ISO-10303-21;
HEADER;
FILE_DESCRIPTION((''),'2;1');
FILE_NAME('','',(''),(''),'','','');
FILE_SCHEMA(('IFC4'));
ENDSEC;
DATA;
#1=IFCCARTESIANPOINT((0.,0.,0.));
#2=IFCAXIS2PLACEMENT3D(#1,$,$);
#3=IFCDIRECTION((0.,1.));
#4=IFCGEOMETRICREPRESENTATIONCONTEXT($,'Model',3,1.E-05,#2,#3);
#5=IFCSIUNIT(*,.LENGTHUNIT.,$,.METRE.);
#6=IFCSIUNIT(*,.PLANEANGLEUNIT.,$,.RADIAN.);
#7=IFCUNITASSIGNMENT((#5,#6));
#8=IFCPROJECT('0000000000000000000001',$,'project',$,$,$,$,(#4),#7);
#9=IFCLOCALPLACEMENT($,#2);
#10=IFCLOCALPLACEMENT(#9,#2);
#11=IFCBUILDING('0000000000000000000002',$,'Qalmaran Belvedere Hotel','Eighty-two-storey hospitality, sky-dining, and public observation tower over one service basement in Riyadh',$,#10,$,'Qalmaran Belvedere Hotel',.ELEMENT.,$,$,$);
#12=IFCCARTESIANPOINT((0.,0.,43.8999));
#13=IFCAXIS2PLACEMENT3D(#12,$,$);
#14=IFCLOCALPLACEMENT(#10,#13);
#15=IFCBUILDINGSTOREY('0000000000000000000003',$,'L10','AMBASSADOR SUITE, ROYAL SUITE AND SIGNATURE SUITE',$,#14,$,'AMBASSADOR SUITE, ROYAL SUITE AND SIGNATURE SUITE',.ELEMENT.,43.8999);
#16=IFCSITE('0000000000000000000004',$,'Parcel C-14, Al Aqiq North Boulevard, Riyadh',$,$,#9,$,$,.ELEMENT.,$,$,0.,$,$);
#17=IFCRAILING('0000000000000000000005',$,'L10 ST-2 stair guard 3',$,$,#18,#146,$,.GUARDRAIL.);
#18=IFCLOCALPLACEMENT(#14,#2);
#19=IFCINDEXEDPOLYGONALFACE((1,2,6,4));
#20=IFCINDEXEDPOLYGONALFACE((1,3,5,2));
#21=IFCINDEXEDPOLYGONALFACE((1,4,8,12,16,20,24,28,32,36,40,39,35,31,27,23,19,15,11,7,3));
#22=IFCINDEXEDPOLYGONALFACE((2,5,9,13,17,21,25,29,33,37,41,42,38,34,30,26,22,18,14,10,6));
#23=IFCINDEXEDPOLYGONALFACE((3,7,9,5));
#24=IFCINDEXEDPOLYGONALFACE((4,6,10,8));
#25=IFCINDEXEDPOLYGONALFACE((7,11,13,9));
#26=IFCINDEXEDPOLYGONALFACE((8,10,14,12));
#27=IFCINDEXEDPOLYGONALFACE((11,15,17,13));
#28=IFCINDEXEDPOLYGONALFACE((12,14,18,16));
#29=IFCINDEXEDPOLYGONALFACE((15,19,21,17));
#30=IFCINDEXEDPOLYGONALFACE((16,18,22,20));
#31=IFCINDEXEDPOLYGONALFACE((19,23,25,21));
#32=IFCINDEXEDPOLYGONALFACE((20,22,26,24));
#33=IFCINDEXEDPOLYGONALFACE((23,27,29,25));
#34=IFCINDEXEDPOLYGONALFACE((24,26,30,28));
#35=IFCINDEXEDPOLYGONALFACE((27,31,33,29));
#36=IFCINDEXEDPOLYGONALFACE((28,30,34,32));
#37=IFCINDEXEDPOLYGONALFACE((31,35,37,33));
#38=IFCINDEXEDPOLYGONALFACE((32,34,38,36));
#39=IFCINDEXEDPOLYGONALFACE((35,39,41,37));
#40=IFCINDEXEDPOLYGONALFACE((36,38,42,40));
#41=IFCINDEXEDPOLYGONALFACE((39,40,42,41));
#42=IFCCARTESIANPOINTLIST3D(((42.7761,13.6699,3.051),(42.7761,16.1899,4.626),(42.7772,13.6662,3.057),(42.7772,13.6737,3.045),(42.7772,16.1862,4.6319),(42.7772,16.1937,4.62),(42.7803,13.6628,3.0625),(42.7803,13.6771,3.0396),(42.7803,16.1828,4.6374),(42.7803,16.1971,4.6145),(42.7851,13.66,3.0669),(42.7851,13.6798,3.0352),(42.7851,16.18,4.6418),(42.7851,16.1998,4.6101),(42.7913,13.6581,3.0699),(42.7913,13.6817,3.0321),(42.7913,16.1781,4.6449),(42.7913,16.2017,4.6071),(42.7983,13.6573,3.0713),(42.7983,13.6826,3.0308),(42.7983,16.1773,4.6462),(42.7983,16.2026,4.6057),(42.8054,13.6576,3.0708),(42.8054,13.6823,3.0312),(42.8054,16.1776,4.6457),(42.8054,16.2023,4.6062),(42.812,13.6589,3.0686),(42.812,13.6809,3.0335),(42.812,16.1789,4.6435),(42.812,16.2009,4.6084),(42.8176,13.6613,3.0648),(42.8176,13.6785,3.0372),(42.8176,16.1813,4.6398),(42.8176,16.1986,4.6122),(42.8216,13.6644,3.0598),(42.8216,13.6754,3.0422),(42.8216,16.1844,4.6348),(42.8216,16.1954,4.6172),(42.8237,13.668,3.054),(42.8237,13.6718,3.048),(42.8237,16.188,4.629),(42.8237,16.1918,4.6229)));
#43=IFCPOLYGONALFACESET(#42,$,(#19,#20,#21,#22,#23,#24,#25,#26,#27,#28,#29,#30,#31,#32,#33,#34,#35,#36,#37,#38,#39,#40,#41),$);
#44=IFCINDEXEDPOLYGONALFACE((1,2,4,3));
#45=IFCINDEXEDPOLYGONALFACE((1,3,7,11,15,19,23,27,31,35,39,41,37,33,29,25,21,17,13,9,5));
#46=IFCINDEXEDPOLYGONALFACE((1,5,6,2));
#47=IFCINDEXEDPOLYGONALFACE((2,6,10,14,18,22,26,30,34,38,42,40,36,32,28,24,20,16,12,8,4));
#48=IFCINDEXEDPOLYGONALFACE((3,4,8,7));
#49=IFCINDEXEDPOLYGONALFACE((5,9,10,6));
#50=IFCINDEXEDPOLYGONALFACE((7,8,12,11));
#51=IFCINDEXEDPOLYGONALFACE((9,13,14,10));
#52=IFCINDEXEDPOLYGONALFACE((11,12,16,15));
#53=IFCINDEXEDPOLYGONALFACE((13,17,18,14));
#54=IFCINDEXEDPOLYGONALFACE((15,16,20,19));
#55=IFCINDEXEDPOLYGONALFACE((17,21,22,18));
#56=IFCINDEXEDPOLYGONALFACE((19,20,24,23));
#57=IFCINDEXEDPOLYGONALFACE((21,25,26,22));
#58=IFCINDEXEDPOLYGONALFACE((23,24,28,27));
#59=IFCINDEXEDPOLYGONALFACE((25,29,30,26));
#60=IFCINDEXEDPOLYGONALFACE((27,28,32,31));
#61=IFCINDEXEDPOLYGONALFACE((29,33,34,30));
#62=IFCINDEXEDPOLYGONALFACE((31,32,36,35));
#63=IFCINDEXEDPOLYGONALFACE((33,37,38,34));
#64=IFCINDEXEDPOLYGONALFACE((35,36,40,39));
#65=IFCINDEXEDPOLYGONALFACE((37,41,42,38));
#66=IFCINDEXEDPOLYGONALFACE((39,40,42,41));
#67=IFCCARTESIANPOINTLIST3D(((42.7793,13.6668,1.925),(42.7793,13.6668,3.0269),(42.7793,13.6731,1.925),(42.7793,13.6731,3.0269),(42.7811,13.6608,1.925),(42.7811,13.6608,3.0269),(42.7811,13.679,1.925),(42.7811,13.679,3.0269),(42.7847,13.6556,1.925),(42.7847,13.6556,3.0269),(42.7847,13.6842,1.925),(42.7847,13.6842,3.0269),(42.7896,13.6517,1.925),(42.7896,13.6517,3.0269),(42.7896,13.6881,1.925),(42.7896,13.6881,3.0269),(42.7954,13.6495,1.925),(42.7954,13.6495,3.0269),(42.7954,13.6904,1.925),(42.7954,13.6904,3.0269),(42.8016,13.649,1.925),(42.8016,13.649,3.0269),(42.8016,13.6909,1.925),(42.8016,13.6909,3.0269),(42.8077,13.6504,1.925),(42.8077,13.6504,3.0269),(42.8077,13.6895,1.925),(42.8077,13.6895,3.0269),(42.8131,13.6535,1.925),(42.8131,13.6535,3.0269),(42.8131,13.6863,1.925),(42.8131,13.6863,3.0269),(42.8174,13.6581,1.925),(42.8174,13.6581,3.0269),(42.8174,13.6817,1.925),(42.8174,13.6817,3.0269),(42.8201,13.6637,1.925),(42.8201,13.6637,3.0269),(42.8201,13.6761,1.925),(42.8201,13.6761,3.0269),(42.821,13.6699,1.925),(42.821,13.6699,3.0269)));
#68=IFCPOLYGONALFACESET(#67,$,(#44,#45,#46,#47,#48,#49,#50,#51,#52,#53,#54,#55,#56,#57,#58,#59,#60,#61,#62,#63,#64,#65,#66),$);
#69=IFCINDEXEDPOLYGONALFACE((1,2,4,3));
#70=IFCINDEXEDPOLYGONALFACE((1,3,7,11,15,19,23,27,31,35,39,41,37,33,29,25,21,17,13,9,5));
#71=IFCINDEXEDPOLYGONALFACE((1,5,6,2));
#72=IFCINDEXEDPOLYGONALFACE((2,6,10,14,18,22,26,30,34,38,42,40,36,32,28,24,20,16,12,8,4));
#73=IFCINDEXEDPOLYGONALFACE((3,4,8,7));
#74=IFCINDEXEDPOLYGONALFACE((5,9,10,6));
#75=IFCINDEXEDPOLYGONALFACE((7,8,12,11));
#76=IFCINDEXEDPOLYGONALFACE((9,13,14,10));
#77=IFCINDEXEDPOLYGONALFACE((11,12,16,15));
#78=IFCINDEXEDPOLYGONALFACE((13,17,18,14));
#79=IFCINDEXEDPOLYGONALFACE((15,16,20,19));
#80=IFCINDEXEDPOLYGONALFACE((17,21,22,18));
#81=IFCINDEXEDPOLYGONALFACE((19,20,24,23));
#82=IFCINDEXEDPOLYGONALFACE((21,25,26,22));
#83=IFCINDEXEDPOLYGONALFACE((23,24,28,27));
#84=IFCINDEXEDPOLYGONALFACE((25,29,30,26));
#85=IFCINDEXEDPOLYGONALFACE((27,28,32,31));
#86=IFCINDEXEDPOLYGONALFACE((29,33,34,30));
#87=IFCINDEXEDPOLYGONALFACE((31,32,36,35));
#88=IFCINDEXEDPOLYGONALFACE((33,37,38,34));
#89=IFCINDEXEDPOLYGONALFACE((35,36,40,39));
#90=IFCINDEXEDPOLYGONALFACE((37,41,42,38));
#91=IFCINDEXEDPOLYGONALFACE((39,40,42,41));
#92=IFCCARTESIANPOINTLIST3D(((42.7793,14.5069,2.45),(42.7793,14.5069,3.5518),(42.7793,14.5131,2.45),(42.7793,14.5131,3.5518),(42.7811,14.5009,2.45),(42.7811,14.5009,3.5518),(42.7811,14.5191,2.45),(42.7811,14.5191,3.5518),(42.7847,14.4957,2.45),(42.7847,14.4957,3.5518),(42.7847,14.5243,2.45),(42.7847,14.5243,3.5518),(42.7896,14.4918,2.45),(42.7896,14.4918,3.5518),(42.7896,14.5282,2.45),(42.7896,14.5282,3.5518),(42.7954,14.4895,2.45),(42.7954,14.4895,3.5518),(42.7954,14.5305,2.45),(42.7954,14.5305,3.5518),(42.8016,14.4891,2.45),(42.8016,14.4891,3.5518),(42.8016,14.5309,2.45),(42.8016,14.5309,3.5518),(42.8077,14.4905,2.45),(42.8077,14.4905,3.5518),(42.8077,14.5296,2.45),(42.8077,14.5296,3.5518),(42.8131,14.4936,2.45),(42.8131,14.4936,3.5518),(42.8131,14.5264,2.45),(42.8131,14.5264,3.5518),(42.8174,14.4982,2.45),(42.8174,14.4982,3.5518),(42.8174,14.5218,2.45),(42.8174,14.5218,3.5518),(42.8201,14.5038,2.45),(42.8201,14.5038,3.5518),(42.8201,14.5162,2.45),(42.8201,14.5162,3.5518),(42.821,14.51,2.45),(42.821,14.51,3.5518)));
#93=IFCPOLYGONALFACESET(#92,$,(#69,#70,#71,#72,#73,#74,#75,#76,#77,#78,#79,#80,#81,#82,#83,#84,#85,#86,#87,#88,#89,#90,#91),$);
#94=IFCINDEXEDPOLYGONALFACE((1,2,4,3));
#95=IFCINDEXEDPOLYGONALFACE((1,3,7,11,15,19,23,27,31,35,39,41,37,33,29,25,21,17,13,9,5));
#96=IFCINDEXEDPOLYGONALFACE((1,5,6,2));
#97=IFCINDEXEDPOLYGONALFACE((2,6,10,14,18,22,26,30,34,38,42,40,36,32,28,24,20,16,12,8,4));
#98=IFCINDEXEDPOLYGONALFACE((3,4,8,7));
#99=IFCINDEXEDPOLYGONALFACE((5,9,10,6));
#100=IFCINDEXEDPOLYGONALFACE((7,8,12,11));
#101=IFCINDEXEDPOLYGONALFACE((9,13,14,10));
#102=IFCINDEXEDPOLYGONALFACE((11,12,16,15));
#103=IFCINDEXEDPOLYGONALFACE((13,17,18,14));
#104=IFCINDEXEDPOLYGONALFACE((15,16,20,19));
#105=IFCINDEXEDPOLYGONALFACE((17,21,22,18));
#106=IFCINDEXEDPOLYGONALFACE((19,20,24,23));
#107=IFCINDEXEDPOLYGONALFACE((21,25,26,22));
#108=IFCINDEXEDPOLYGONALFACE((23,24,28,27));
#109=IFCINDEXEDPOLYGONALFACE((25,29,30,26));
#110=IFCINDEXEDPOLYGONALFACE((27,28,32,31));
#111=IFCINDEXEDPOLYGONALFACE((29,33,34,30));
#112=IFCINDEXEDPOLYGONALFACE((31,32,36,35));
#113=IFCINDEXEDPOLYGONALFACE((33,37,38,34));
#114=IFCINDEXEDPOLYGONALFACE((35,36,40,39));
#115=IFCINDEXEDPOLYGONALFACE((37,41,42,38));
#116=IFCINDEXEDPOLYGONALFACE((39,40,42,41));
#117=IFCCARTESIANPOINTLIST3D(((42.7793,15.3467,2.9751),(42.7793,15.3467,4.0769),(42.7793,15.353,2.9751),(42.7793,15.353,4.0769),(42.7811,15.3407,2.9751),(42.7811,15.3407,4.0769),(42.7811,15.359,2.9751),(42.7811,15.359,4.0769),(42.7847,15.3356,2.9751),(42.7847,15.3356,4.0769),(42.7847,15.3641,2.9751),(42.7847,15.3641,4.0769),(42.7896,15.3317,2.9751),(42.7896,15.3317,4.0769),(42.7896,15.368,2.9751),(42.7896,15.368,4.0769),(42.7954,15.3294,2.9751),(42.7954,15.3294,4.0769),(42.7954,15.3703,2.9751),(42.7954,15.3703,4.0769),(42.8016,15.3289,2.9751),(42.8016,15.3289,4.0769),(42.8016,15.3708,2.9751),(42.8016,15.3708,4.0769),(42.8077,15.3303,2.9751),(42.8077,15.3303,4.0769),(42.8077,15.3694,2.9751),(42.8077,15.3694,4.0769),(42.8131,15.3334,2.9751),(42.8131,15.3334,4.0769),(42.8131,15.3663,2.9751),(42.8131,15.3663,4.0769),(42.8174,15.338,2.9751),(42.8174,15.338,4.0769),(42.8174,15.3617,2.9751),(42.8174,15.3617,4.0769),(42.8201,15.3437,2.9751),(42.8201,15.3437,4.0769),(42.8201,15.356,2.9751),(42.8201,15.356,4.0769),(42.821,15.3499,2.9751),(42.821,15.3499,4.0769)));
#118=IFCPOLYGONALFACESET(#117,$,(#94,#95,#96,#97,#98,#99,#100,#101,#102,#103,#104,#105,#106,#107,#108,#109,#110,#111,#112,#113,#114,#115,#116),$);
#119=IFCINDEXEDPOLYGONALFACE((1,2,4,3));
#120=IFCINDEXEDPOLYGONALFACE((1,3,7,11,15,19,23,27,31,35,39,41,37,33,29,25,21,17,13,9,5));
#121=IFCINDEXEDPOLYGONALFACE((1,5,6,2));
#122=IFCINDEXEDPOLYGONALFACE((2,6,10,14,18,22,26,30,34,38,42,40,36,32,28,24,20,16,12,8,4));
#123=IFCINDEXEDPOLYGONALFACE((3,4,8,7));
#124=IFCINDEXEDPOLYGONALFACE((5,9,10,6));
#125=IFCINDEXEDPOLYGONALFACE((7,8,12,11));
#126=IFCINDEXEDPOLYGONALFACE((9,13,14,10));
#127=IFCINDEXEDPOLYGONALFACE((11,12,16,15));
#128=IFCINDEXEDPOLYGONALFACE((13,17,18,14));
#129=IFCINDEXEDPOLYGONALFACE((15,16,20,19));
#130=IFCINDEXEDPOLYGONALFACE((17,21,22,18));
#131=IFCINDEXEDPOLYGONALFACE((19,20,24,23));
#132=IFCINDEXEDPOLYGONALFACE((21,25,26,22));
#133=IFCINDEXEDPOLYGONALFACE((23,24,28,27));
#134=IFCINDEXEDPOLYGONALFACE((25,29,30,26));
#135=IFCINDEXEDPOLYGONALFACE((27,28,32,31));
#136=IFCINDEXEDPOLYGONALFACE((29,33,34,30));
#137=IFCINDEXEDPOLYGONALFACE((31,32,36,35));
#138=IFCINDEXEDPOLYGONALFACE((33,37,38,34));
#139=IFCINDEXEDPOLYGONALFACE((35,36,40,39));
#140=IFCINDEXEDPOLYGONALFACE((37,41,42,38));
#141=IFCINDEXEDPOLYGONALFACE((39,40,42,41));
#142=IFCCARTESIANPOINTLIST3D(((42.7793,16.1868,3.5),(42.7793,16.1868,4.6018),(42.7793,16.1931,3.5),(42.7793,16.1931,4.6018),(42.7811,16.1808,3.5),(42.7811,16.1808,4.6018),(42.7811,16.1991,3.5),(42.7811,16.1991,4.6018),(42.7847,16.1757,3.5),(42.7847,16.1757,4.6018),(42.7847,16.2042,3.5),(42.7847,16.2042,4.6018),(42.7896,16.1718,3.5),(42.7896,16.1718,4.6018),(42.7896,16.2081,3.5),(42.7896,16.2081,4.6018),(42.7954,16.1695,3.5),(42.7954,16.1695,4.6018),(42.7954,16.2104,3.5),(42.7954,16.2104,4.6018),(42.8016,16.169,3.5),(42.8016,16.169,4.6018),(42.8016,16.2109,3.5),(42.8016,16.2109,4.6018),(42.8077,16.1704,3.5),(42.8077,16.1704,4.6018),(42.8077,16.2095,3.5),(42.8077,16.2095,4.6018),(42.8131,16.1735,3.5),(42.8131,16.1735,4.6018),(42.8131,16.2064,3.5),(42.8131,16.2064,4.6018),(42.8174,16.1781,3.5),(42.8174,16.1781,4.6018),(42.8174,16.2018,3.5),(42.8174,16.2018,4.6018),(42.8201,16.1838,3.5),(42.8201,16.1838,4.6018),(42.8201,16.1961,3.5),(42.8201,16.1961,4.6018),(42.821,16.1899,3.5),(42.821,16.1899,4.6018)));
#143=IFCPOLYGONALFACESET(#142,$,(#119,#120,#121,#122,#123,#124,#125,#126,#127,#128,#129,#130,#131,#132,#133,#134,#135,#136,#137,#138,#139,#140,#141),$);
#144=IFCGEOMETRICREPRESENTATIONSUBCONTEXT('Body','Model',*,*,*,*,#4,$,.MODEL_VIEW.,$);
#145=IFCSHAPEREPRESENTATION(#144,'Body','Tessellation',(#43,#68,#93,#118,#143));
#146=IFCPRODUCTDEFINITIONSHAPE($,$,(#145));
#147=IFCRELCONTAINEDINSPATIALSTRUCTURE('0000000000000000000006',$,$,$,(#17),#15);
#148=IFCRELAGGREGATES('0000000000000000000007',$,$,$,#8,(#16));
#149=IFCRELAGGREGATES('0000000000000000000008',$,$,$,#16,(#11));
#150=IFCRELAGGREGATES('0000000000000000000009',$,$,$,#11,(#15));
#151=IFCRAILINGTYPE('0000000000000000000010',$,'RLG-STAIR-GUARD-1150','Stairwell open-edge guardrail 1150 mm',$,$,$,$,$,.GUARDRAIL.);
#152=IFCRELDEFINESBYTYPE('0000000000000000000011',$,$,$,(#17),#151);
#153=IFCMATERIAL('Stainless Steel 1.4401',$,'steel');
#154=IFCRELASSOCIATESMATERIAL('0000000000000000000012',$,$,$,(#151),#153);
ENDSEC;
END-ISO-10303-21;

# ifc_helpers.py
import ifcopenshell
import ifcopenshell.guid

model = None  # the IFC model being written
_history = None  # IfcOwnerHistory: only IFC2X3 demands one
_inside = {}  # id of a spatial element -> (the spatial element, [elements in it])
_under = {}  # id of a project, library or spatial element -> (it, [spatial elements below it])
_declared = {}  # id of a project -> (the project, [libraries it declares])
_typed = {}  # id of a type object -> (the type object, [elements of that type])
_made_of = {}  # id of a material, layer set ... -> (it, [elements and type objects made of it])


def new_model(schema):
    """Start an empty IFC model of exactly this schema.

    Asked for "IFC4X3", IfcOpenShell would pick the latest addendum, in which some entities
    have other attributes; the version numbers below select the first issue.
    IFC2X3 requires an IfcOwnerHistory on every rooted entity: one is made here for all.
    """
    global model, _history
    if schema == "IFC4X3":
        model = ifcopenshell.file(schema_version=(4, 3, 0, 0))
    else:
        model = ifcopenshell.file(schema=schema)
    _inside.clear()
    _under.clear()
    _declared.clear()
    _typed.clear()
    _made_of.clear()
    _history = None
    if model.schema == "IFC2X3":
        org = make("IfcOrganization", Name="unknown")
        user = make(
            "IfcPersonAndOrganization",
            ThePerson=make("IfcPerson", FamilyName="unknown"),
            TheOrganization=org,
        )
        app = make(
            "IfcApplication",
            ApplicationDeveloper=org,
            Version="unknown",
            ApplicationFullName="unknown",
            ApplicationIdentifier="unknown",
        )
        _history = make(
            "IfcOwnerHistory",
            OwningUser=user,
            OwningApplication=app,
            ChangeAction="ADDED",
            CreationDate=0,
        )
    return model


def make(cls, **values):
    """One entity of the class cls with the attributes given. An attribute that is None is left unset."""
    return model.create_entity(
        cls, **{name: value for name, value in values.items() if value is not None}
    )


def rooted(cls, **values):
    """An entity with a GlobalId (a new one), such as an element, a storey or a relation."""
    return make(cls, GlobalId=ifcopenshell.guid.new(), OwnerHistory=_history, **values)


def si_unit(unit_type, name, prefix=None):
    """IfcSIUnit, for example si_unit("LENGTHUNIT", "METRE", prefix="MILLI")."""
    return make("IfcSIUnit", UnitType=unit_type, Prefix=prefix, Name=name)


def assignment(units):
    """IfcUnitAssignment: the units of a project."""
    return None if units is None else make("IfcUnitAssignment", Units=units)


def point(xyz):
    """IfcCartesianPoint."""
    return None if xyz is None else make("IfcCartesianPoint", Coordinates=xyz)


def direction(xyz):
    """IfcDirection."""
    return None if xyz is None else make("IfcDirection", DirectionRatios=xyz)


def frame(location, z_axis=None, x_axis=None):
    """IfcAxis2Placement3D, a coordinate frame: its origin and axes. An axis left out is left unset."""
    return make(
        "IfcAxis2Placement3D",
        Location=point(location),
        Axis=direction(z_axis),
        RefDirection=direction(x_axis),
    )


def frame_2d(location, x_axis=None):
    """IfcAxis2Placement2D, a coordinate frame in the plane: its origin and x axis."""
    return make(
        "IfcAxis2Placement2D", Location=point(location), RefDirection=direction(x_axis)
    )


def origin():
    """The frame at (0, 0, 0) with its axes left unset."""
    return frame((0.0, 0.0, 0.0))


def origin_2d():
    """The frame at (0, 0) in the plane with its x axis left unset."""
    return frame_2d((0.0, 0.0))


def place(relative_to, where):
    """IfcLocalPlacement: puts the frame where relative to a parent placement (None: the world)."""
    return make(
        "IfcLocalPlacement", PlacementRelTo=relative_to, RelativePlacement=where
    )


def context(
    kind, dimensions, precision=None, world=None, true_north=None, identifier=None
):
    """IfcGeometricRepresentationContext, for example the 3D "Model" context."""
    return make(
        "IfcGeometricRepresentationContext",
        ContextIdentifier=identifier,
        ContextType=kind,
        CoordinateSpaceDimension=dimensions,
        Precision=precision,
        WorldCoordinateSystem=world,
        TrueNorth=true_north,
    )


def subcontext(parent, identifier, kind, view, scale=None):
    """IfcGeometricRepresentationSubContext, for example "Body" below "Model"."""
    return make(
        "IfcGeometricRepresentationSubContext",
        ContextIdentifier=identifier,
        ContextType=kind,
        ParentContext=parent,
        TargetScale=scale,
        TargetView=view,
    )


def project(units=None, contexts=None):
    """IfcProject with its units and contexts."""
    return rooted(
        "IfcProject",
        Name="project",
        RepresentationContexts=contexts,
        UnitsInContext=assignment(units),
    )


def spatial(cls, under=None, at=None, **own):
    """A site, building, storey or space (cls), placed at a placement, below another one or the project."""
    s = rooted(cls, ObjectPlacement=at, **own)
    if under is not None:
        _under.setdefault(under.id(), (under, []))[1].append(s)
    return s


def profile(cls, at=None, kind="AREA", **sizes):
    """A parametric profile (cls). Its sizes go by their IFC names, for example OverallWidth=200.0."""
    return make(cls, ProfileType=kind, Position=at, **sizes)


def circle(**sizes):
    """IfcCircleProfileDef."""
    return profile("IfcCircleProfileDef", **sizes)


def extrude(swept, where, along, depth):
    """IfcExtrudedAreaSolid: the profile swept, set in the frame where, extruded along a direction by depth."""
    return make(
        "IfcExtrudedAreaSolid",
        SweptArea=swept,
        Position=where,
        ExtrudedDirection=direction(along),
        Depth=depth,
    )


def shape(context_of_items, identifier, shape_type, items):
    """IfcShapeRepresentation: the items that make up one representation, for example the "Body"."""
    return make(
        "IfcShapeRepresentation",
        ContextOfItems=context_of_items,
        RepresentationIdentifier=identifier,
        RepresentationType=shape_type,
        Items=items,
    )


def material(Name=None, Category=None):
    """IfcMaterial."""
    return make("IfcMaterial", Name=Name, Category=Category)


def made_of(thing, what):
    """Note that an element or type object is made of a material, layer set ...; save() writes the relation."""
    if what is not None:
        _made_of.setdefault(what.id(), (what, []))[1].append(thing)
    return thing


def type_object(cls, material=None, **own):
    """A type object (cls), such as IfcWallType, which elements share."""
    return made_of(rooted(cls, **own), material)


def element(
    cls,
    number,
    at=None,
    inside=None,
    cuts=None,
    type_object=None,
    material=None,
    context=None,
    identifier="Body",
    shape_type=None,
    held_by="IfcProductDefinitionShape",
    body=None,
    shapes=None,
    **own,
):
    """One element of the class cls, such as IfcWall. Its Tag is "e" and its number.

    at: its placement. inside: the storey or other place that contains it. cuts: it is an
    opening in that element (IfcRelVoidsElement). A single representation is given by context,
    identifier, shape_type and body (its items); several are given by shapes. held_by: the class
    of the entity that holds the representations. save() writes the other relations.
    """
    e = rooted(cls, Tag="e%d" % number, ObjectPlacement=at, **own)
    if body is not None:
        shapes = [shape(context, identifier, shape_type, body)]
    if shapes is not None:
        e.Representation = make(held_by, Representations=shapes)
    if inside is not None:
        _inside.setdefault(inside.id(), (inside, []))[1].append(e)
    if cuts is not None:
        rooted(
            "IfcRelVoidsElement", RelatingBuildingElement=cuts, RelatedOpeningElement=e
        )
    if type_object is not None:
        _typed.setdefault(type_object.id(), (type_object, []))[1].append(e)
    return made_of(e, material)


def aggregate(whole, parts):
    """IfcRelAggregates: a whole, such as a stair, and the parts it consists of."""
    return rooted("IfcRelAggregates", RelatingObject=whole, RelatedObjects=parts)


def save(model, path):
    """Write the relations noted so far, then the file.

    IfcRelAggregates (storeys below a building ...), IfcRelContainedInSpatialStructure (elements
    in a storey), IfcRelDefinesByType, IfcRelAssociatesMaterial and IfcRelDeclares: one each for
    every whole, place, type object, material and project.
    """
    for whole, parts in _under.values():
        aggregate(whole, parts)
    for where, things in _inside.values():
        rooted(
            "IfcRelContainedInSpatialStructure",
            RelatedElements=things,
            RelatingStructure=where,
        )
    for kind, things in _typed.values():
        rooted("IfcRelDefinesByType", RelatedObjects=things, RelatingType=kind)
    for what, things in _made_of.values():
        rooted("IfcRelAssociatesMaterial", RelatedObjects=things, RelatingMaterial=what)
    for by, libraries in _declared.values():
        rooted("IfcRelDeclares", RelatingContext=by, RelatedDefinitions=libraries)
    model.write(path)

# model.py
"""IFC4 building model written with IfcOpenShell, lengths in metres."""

from ifc_helpers import new_model, si_unit, direction, frame, origin, origin_2d, place, context, subcontext, project, spatial, circle, extrude, material, type_object, element, save


model = new_model("IFC4")

# Units and contexts
model_context = context("Model", 3, precision=1e-05, world=origin(), true_north=direction((0.0, 1.0)))
body_context = subcontext(model_context, "Body", "Model", "MODEL_VIEW")
ifc_project = project(units=[si_unit("LENGTHUNIT", "METRE"), si_unit("PLANEANGLEUNIT", "RADIAN")], contexts=[model_context])

# Site, building, storey
site_placement = place(None, origin())
site = spatial("IfcSite", under=ifc_project, at=site_placement, Name="Parcel C-14, Al Aqiq North Boulevard, Riyadh", CompositionType="ELEMENT", RefElevation=0.0)
building_placement = place(site_placement, origin())
building = spatial("IfcBuilding", under=site, at=building_placement, Name="Qalmaran Belvedere Hotel", Description="Eighty-two-storey hospitality, sky-dining, and public observation tower over one service basement in Riyadh", LongName="Qalmaran Belvedere Hotel", CompositionType="ELEMENT")
storey_placement = place(building_placement, frame((0.0, 0.0, 43.8999)))
storey = spatial("IfcBuildingStorey", under=building, at=storey_placement, Name="L10", Description="AMBASSADOR SUITE, ROYAL SUITE AND SIGNATURE SUITE", LongName="AMBASSADOR SUITE, ROYAL SUITE AND SIGNATURE SUITE", CompositionType="ELEMENT", Elevation=43.8999)

# Shared definitions
ifc_material_1 = material(Name="Stainless Steel 1.4401", Category="steel")

# Railing
railing_type_1 = type_object("IfcRailingType", Name="RLG-STAIR-GUARD-1150", Description="Stairwell open-edge guardrail 1150 mm", PredefinedType="GUARDRAIL", material=ifc_material_1)
railing_1_placement = place(storey_placement, frame((42.8, 13.6699, 1.925)))
element("IfcRailing", 1, at=railing_1_placement, inside=storey, type_object=railing_type_1, Name="L10 ST-2 stair guard 3", PredefinedType="GUARDRAIL", context=body_context, shape_type="SweptSolid", body=[
    extrude(circle(Radius=0.0239, at=origin_2d()), frame((0.0, 0.0, 1.126), z_axis=(0.0, 0.848008, 0.529984), x_axis=(-1.0, 0.0, 0.0)), (0.0, 0.0, 1.0), 2.9717),
    extrude(circle(Radius=0.021, at=origin_2d()), origin(), (0.0, 0.0, 1.0), 1.1018),
    extrude(circle(Radius=0.021, at=origin_2d()), frame((0.0, 0.8401, 0.5249)), (0.0, 0.0, 1.0), 1.1018),
    extrude(circle(Radius=0.021, at=origin_2d()), frame((0.0, 1.6799, 1.05)), (0.0, 0.0, 1.0), 1.1018),
    extrude(circle(Radius=0.021, at=origin_2d()), frame((0.0, 2.52, 1.575)), (0.0, 0.0, 1.0), 1.1018),
])

save(model, "model.ifc")
